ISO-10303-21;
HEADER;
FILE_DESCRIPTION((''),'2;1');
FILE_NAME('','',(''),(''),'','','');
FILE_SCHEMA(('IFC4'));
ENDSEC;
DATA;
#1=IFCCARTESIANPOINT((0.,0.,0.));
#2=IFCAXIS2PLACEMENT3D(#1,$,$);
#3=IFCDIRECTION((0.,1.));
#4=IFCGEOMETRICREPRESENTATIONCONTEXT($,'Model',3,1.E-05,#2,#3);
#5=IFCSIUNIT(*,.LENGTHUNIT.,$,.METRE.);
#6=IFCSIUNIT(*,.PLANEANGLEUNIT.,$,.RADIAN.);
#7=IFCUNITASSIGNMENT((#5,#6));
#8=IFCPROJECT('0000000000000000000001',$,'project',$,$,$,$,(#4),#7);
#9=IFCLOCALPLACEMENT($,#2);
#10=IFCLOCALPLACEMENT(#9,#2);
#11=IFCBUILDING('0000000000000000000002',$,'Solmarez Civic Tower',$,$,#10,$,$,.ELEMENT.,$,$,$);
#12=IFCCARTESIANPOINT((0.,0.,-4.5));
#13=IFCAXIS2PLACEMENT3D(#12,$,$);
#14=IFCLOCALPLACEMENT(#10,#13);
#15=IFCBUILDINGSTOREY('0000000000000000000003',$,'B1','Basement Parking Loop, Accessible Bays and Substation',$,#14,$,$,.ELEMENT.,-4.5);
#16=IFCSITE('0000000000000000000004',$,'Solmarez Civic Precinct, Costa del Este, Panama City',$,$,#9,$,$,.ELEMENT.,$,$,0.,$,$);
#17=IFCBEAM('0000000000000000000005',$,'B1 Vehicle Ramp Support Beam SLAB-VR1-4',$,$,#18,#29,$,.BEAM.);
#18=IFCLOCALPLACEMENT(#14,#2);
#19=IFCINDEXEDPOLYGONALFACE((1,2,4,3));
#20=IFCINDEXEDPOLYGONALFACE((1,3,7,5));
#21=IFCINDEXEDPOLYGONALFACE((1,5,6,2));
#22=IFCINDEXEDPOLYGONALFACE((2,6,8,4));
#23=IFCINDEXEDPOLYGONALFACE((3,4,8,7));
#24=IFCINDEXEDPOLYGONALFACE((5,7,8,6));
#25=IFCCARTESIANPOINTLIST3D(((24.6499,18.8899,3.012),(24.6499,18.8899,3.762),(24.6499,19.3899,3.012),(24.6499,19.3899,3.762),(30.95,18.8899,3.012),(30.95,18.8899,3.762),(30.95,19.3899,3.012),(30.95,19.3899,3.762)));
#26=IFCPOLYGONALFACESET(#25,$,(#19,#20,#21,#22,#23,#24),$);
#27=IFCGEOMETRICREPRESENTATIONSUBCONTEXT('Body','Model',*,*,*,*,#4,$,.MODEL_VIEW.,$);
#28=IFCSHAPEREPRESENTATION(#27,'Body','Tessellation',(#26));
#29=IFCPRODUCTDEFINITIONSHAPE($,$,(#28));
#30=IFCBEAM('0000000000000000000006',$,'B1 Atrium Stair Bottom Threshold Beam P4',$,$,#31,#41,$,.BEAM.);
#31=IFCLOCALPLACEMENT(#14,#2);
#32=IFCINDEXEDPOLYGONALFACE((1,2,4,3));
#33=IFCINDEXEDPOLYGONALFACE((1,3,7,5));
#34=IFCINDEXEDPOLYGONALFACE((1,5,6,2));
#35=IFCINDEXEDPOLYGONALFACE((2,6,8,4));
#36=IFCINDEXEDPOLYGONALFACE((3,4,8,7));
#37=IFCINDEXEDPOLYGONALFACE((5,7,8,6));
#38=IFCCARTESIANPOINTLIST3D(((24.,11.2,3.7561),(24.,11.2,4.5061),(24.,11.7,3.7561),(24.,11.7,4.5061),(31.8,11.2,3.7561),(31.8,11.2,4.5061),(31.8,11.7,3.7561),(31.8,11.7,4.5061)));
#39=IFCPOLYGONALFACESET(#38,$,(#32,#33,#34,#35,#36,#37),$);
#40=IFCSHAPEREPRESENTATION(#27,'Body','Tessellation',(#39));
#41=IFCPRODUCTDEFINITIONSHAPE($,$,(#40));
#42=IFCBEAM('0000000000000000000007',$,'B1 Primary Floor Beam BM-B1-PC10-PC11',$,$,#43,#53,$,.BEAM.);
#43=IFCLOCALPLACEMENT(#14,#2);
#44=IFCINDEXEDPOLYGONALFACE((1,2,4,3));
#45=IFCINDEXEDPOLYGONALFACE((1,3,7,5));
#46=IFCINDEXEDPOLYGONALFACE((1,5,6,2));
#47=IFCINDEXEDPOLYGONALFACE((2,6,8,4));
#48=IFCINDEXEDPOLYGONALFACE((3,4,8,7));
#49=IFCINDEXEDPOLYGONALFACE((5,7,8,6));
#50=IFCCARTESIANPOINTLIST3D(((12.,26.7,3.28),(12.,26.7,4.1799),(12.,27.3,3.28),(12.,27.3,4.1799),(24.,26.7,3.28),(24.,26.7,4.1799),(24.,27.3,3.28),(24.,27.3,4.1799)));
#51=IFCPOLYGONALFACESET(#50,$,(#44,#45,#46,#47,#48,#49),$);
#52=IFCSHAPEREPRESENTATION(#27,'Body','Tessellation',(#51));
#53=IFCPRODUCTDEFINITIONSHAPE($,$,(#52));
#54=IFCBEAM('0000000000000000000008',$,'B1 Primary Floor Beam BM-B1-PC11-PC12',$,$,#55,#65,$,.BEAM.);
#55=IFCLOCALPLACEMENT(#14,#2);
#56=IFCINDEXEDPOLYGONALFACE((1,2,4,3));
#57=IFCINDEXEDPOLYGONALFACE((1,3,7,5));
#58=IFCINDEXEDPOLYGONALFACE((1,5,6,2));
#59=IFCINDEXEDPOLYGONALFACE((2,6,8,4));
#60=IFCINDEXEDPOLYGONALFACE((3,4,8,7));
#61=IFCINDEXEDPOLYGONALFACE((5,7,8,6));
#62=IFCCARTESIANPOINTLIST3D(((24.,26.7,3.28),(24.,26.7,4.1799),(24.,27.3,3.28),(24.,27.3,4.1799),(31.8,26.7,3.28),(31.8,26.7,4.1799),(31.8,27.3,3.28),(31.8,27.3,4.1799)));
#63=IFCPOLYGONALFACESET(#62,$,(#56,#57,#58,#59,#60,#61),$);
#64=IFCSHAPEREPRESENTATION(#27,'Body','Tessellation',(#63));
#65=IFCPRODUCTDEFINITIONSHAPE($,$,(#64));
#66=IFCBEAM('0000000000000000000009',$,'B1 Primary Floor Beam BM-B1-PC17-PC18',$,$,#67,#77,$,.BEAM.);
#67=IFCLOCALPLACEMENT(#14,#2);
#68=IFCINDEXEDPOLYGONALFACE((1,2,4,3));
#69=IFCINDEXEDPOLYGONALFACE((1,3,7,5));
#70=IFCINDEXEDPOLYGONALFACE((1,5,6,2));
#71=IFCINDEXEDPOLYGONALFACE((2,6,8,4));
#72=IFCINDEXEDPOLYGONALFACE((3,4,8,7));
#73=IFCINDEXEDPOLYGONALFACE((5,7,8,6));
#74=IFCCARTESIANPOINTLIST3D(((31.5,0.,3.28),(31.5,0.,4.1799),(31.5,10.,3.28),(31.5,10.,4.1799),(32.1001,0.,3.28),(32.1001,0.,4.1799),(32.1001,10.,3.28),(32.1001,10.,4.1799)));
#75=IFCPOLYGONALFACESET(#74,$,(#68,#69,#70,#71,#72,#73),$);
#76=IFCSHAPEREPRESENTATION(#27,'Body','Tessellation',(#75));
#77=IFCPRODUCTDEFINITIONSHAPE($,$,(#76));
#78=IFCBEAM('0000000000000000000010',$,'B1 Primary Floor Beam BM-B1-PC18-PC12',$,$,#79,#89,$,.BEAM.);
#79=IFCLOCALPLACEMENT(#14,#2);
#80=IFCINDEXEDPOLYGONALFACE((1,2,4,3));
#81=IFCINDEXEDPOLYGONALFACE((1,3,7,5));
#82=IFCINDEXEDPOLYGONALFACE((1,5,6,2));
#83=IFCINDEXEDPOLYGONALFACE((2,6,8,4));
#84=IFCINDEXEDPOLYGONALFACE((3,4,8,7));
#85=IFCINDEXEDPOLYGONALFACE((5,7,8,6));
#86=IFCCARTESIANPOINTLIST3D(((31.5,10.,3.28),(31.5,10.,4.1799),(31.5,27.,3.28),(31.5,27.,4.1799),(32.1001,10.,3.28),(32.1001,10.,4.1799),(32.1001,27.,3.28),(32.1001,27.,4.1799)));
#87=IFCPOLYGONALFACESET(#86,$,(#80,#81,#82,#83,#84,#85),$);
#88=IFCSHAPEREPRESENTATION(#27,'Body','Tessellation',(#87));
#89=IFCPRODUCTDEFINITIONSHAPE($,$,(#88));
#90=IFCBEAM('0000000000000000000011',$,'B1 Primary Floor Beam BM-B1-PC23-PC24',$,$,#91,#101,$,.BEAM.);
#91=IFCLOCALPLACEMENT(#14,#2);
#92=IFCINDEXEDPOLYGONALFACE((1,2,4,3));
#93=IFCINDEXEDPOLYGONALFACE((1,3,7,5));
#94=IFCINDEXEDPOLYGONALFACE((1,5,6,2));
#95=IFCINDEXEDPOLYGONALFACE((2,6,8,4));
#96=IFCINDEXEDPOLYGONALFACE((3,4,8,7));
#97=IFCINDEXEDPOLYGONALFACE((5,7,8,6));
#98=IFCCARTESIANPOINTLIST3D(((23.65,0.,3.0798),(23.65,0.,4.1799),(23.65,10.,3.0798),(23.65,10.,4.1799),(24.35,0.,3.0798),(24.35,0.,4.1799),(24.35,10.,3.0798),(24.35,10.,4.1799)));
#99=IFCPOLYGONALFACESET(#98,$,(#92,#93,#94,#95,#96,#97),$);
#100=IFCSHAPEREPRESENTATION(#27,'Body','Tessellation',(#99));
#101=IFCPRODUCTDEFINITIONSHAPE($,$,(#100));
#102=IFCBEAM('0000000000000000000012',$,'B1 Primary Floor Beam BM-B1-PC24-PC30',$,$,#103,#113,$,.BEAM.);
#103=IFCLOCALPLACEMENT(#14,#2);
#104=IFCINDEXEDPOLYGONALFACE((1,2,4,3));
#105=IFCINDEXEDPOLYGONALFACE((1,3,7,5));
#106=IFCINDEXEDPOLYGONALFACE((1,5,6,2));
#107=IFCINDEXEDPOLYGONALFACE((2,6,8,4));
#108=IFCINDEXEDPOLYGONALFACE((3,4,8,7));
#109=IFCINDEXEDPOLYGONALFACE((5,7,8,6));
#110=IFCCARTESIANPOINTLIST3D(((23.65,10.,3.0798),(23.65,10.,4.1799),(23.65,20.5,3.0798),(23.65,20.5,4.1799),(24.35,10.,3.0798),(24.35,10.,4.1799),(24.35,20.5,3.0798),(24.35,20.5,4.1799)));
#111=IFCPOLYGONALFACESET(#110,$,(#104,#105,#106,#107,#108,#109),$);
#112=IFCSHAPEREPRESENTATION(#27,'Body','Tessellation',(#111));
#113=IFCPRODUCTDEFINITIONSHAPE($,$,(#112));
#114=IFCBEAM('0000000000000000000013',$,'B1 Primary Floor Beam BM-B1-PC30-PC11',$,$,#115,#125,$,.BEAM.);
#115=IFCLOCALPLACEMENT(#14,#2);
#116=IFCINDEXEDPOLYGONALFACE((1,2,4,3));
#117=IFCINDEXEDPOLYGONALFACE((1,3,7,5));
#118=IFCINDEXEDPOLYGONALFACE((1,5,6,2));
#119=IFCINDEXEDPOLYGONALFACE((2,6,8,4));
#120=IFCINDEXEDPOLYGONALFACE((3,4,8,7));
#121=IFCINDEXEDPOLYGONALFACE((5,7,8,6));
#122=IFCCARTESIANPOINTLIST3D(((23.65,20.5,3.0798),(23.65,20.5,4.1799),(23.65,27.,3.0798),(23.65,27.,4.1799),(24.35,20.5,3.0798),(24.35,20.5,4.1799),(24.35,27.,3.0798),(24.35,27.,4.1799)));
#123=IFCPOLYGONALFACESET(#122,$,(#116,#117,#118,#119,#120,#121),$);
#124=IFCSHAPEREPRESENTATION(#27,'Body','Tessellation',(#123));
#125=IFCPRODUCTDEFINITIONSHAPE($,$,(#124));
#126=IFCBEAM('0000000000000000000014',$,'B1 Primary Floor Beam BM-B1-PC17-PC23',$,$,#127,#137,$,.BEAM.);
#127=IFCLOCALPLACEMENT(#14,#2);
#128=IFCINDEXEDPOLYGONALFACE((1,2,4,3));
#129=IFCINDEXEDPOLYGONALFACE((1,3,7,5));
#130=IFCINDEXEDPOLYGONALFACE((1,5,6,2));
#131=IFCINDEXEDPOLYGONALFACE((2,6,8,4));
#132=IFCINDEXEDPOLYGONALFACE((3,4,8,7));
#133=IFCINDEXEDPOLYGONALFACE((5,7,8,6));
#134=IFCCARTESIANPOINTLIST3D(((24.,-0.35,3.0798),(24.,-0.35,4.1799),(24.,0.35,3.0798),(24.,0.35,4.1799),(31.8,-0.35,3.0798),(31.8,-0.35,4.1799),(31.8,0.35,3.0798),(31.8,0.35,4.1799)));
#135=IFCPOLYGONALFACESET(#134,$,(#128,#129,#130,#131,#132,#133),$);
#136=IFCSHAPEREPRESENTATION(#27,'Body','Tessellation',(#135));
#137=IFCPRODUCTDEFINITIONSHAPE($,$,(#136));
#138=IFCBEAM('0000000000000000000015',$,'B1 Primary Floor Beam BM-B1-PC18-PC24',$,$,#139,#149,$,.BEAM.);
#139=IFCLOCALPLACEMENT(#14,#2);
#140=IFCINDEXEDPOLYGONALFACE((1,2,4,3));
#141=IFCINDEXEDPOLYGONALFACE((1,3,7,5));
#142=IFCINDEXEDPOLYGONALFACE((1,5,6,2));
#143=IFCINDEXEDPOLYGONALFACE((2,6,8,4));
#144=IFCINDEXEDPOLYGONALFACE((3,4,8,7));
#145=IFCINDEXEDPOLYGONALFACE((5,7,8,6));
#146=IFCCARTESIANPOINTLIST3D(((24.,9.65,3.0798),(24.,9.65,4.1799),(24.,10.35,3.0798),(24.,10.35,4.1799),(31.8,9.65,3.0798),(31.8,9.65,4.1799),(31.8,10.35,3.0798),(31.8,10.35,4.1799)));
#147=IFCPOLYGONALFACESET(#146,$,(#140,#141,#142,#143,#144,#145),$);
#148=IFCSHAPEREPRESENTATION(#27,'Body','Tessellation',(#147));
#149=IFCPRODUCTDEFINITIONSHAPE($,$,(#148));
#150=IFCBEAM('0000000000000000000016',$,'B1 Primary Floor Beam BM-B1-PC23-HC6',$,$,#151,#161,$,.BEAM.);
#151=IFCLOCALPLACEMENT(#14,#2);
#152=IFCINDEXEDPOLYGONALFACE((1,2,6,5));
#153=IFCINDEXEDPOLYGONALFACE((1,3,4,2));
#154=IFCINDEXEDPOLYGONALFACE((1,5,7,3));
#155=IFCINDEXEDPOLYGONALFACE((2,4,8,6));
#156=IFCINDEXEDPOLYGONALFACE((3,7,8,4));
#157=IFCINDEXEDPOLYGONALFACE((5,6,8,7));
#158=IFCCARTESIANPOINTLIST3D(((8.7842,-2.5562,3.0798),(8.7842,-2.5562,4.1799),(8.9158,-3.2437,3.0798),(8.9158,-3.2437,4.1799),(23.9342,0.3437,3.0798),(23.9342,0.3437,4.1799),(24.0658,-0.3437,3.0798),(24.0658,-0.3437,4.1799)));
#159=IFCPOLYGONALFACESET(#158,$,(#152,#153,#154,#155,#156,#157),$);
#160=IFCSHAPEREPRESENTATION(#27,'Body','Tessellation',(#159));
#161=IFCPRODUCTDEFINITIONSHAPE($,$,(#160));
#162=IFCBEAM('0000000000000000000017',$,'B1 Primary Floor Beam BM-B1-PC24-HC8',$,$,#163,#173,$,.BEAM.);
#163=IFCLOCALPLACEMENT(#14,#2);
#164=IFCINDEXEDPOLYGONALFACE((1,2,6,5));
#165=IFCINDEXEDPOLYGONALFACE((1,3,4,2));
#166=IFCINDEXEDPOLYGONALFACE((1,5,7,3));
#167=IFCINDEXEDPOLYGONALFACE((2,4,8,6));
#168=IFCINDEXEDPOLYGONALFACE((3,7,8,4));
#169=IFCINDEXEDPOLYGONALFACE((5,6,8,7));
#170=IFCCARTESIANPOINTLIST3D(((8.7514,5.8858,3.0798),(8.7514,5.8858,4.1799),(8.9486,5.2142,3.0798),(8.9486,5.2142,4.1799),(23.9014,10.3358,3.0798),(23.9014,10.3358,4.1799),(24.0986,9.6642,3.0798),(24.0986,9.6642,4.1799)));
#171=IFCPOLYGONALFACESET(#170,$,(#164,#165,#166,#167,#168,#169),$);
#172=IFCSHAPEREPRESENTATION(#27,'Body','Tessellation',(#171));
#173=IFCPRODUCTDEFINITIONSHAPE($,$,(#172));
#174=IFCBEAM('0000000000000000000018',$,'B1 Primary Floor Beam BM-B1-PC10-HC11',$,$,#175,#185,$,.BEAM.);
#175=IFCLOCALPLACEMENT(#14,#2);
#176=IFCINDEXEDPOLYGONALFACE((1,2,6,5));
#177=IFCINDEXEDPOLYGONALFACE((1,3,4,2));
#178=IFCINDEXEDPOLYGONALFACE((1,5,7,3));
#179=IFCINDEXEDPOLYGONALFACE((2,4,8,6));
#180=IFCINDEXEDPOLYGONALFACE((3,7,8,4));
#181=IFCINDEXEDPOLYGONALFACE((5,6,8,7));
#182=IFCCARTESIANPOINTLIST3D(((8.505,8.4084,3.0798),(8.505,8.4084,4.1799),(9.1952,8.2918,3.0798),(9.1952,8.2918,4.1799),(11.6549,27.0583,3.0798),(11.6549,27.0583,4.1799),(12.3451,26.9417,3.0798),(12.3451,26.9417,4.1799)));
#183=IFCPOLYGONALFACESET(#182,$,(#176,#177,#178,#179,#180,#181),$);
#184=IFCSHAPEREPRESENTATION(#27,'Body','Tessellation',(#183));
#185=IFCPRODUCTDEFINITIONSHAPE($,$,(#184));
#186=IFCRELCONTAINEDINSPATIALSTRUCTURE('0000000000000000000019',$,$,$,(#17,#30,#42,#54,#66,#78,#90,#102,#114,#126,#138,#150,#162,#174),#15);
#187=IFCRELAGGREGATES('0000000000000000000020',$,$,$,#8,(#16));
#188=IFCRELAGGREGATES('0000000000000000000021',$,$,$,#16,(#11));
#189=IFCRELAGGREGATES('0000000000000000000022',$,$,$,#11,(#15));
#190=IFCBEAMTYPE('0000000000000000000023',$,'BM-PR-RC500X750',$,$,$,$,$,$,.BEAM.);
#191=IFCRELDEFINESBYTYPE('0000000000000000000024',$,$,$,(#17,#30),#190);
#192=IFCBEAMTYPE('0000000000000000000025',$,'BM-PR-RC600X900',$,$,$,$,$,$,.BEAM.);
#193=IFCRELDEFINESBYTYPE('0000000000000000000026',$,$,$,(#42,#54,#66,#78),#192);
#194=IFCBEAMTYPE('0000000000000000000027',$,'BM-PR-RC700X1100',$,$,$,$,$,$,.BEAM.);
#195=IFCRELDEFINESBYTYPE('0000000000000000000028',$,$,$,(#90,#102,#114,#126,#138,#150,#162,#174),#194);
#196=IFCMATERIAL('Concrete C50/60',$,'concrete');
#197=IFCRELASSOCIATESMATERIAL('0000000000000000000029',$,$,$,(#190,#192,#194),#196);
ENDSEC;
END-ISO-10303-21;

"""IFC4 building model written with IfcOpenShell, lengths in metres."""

from ifc_helpers import new_model, si_unit, direction, frame, origin, origin_2d, place, context, subcontext, project, spatial, rectangle, extrude, material, material_profile, profile_set, type_object, element, save


model = new_model("IFC4")

# Units and contexts
model_context = context("Model", 3, precision=1e-05, world=origin(), true_north=direction((0.0, 1.0)))
body_context = subcontext(model_context, "Body", "Model", "MODEL_VIEW")
ifc_project = project(units=[si_unit("LENGTHUNIT", "METRE"), si_unit("PLANEANGLEUNIT", "RADIAN")], contexts=[model_context])

# Site, building, storey
site_placement = place(None, origin())
site = spatial("IfcSite", under=ifc_project, at=site_placement, Name="Solmarez Civic Precinct, Costa del Este, Panama City", CompositionType="ELEMENT", RefElevation=0.0)
building_placement = place(site_placement, origin())
building = spatial("IfcBuilding", under=site, at=building_placement, Name="Solmarez Civic Tower", CompositionType="ELEMENT")
storey_placement = place(building_placement, frame((0.0, 0.0, -4.5)))
storey = spatial("IfcBuildingStorey", under=building, at=storey_placement, Name="B1", Description="Basement Parking Loop, Accessible Bays and Substation", CompositionType="ELEMENT", Elevation=-4.5)

# Shared definitions
ifc_material_1 = material(Name="Concrete C50/60", Category="concrete")

# Beams
ifc_material_profile_1 = material_profile(ifc_material_1, rectangle(XDim=0.5, YDim=0.75, at=origin_2d()), Name="RC500X750")
ifc_profile_set_1 = profile_set([ifc_material_profile_1], Name="Concrete C50/60")
beam_type_1 = type_object("IfcBeamType", Name="BM-PR-RC500X750", PredefinedType="BEAM", material=ifc_profile_set_1)
for number, where, z_axis, x_axis, name in (
    (1, (24.6499, 19.1399, 3.387), (1.0, 0.0, 0.0), (0.0, 1.0, 0.0), "B1 Vehicle Ramp Support Beam SLAB-VR1-4"),
):
    element("IfcBeam", number, at=place(storey_placement, frame(where, z_axis=z_axis, x_axis=x_axis)), inside=storey, type_object=beam_type_1, Name=name, PredefinedType="BEAM", context=body_context, shape_type="SweptSolid", body=[
        extrude(rectangle(XDim=0.5, YDim=0.75, at=origin_2d()), origin(), (0.0, 0.0, 1.0), 6.3),
    ])
beam_1_placement = place(storey_placement, frame((24.0, 11.45, 4.1311), z_axis=(1.0, 0.0, 0.0), x_axis=(0.0, 1.0, 0.0)))
element("IfcBeam", 2, at=beam_1_placement, inside=storey, type_object=beam_type_1, Name="B1 Atrium Stair Bottom Threshold Beam P4", PredefinedType="BEAM", context=body_context, shape_type="SweptSolid", body=[
    extrude(rectangle(XDim=0.5, YDim=0.75, at=origin_2d()), origin(), (0.0, 0.0, 1.0), 7.8),
])
ifc_material_profile_2 = material_profile(ifc_material_1, rectangle(XDim=0.6001, YDim=0.8999, at=origin_2d()), Name="RC600X900")
ifc_profile_set_2 = profile_set([ifc_material_profile_2], Name="Concrete C50/60")
beam_type_2 = type_object("IfcBeamType", Name="BM-PR-RC600X900", PredefinedType="BEAM", material=ifc_profile_set_2)
beam_2_placement = place(storey_placement, frame((12.0, 27.0, 3.73), z_axis=(1.0, 0.0, 0.0), x_axis=(0.0, 1.0, 0.0)))
element("IfcBeam", 3, at=beam_2_placement, inside=storey, type_object=beam_type_2, Name="B1 Primary Floor Beam BM-B1-PC10-PC11", PredefinedType="BEAM", context=body_context, shape_type="SweptSolid", body=[
    extrude(rectangle(XDim=0.6001, YDim=0.8999, at=origin_2d()), origin(), (0.0, 0.0, 1.0), 12.0),
])
beam_3_placement = place(storey_placement, frame((24.0, 27.0, 3.73), z_axis=(1.0, 0.0, 0.0), x_axis=(0.0, 1.0, 0.0)))
element("IfcBeam", 4, at=beam_3_placement, inside=storey, type_object=beam_type_2, Name="B1 Primary Floor Beam BM-B1-PC11-PC12", PredefinedType="BEAM", context=body_context, shape_type="SweptSolid", body=[
    extrude(rectangle(XDim=0.6001, YDim=0.8999, at=origin_2d()), origin(), (0.0, 0.0, 1.0), 7.8),
])
beam_4_placement = place(storey_placement, frame((31.8, 0.0, 3.73), z_axis=(0.0, 1.0, 0.0), x_axis=(-1.0, 0.0, 0.0)))
element("IfcBeam", 5, at=beam_4_placement, inside=storey, type_object=beam_type_2, Name="B1 Primary Floor Beam BM-B1-PC17-PC18", PredefinedType="BEAM", context=body_context, shape_type="SweptSolid", body=[
    extrude(rectangle(XDim=0.6001, YDim=0.8999, at=origin_2d()), origin(), (0.0, 0.0, 1.0), 10.0),
])
beam_5_placement = place(storey_placement, frame((31.8, 10.0, 3.73), z_axis=(0.0, 1.0, 0.0), x_axis=(-1.0, 0.0, 0.0)))
element("IfcBeam", 6, at=beam_5_placement, inside=storey, type_object=beam_type_2, Name="B1 Primary Floor Beam BM-B1-PC18-PC12", PredefinedType="BEAM", context=body_context, shape_type="SweptSolid", body=[
    extrude(rectangle(XDim=0.6001, YDim=0.8999, at=origin_2d()), origin(), (0.0, 0.0, 1.0), 17.0),
])
ifc_material_profile_3 = material_profile(ifc_material_1, rectangle(XDim=0.7, YDim=1.1001, at=origin_2d()), Name="RC700X1100")
ifc_profile_set_3 = profile_set([ifc_material_profile_3], Name="Concrete C50/60")
beam_type_3 = type_object("IfcBeamType", Name="BM-PR-RC700X1100", PredefinedType="BEAM", material=ifc_profile_set_3)
beam_6_placement = place(storey_placement, frame((24.0, 0.0, 3.6299), z_axis=(0.0, 1.0, 0.0), x_axis=(-1.0, 0.0, 0.0)))
element("IfcBeam", 7, at=beam_6_placement, inside=storey, type_object=beam_type_3, Name="B1 Primary Floor Beam BM-B1-PC23-PC24", PredefinedType="BEAM", context=body_context, shape_type="SweptSolid", body=[
    extrude(rectangle(XDim=0.7, YDim=1.1001, at=origin_2d()), origin(), (0.0, 0.0, 1.0), 10.0),
])
beam_7_placement = place(storey_placement, frame((24.0, 10.0, 3.6299), z_axis=(0.0, 1.0, 0.0), x_axis=(-1.0, 0.0, 0.0)))
element("IfcBeam", 8, at=beam_7_placement, inside=storey, type_object=beam_type_3, Name="B1 Primary Floor Beam BM-B1-PC24-PC30", PredefinedType="BEAM", context=body_context, shape_type="SweptSolid", body=[
    extrude(rectangle(XDim=0.7, YDim=1.1001, at=origin_2d()), origin(), (0.0, 0.0, 1.0), 10.5),
])
beam_8_placement = place(storey_placement, frame((24.0, 20.5, 3.6299), z_axis=(0.0, 1.0, 0.0), x_axis=(-1.0, 0.0, 0.0)))
element("IfcBeam", 9, at=beam_8_placement, inside=storey, type_object=beam_type_3, Name="B1 Primary Floor Beam BM-B1-PC30-PC11", PredefinedType="BEAM", context=body_context, shape_type="SweptSolid", body=[
    extrude(rectangle(XDim=0.7, YDim=1.1001, at=origin_2d()), origin(), (0.0, 0.0, 1.0), 6.5),
])
for number, where, z_axis, x_axis, name in (
    (10, (31.8, 0.0, 3.6299), (-1.0, 0.0, 0.0), (0.0, -1.0, 0.0), "B1 Primary Floor Beam BM-B1-PC17-PC23"),
    (11, (31.8, 10.0, 3.6299), (-1.0, 0.0, 0.0), (0.0, -1.0, 0.0), "B1 Primary Floor Beam BM-B1-PC18-PC24"),
):
    element("IfcBeam", number, at=place(storey_placement, frame(where, z_axis=z_axis, x_axis=x_axis)), inside=storey, type_object=beam_type_3, Name=name, PredefinedType="BEAM", context=body_context, shape_type="SweptSolid", body=[
        extrude(rectangle(XDim=0.7, YDim=1.1001, at=origin_2d()), origin(), (0.0, 0.0, 1.0), 7.8),
    ])
beam_9_placement = place(storey_placement, frame((24.0, 0.0, 3.6299), z_axis=(-0.982169, -0.188001, 0.0), x_axis=(0.188001, -0.982169, 0.0)))
element("IfcBeam", 12, at=beam_9_placement, inside=storey, type_object=beam_type_3, Name="B1 Primary Floor Beam BM-B1-PC23-HC6", PredefinedType="BEAM", context=body_context, shape_type="SweptSolid", body=[
    extrude(rectangle(XDim=0.7, YDim=1.1001, at=origin_2d()), origin(), (0.0, 0.0, 1.0), 15.425),
])
beam_10_placement = place(storey_placement, frame((24.0, 10.0, 3.6299), z_axis=(-0.959467, -0.281822, 0.0), x_axis=(0.281822, -0.959467, 0.0)))
element("IfcBeam", 13, at=beam_10_placement, inside=storey, type_object=beam_type_3, Name="B1 Primary Floor Beam BM-B1-PC24-HC8", PredefinedType="BEAM", context=body_context, shape_type="SweptSolid", body=[
    extrude(rectangle(XDim=0.7, YDim=1.1001, at=origin_2d()), origin(), (0.0, 0.0, 1.0), 15.79),
])
beam_11_placement = place(storey_placement, frame((12.0, 27.0, 3.6299), z_axis=(-0.166538, -0.986035, 0.0), x_axis=(0.986035, -0.166538, 0.0)))
element("IfcBeam", 14, at=beam_11_placement, inside=storey, type_object=beam_type_3, Name="B1 Primary Floor Beam BM-B1-PC10-HC11", PredefinedType="BEAM", context=body_context, shape_type="SweptSolid", body=[
    extrude(rectangle(XDim=0.7, YDim=1.1001, at=origin_2d()), origin(), (0.0, 0.0, 1.0), 18.9141),
])

save(model, "model.ifc")
